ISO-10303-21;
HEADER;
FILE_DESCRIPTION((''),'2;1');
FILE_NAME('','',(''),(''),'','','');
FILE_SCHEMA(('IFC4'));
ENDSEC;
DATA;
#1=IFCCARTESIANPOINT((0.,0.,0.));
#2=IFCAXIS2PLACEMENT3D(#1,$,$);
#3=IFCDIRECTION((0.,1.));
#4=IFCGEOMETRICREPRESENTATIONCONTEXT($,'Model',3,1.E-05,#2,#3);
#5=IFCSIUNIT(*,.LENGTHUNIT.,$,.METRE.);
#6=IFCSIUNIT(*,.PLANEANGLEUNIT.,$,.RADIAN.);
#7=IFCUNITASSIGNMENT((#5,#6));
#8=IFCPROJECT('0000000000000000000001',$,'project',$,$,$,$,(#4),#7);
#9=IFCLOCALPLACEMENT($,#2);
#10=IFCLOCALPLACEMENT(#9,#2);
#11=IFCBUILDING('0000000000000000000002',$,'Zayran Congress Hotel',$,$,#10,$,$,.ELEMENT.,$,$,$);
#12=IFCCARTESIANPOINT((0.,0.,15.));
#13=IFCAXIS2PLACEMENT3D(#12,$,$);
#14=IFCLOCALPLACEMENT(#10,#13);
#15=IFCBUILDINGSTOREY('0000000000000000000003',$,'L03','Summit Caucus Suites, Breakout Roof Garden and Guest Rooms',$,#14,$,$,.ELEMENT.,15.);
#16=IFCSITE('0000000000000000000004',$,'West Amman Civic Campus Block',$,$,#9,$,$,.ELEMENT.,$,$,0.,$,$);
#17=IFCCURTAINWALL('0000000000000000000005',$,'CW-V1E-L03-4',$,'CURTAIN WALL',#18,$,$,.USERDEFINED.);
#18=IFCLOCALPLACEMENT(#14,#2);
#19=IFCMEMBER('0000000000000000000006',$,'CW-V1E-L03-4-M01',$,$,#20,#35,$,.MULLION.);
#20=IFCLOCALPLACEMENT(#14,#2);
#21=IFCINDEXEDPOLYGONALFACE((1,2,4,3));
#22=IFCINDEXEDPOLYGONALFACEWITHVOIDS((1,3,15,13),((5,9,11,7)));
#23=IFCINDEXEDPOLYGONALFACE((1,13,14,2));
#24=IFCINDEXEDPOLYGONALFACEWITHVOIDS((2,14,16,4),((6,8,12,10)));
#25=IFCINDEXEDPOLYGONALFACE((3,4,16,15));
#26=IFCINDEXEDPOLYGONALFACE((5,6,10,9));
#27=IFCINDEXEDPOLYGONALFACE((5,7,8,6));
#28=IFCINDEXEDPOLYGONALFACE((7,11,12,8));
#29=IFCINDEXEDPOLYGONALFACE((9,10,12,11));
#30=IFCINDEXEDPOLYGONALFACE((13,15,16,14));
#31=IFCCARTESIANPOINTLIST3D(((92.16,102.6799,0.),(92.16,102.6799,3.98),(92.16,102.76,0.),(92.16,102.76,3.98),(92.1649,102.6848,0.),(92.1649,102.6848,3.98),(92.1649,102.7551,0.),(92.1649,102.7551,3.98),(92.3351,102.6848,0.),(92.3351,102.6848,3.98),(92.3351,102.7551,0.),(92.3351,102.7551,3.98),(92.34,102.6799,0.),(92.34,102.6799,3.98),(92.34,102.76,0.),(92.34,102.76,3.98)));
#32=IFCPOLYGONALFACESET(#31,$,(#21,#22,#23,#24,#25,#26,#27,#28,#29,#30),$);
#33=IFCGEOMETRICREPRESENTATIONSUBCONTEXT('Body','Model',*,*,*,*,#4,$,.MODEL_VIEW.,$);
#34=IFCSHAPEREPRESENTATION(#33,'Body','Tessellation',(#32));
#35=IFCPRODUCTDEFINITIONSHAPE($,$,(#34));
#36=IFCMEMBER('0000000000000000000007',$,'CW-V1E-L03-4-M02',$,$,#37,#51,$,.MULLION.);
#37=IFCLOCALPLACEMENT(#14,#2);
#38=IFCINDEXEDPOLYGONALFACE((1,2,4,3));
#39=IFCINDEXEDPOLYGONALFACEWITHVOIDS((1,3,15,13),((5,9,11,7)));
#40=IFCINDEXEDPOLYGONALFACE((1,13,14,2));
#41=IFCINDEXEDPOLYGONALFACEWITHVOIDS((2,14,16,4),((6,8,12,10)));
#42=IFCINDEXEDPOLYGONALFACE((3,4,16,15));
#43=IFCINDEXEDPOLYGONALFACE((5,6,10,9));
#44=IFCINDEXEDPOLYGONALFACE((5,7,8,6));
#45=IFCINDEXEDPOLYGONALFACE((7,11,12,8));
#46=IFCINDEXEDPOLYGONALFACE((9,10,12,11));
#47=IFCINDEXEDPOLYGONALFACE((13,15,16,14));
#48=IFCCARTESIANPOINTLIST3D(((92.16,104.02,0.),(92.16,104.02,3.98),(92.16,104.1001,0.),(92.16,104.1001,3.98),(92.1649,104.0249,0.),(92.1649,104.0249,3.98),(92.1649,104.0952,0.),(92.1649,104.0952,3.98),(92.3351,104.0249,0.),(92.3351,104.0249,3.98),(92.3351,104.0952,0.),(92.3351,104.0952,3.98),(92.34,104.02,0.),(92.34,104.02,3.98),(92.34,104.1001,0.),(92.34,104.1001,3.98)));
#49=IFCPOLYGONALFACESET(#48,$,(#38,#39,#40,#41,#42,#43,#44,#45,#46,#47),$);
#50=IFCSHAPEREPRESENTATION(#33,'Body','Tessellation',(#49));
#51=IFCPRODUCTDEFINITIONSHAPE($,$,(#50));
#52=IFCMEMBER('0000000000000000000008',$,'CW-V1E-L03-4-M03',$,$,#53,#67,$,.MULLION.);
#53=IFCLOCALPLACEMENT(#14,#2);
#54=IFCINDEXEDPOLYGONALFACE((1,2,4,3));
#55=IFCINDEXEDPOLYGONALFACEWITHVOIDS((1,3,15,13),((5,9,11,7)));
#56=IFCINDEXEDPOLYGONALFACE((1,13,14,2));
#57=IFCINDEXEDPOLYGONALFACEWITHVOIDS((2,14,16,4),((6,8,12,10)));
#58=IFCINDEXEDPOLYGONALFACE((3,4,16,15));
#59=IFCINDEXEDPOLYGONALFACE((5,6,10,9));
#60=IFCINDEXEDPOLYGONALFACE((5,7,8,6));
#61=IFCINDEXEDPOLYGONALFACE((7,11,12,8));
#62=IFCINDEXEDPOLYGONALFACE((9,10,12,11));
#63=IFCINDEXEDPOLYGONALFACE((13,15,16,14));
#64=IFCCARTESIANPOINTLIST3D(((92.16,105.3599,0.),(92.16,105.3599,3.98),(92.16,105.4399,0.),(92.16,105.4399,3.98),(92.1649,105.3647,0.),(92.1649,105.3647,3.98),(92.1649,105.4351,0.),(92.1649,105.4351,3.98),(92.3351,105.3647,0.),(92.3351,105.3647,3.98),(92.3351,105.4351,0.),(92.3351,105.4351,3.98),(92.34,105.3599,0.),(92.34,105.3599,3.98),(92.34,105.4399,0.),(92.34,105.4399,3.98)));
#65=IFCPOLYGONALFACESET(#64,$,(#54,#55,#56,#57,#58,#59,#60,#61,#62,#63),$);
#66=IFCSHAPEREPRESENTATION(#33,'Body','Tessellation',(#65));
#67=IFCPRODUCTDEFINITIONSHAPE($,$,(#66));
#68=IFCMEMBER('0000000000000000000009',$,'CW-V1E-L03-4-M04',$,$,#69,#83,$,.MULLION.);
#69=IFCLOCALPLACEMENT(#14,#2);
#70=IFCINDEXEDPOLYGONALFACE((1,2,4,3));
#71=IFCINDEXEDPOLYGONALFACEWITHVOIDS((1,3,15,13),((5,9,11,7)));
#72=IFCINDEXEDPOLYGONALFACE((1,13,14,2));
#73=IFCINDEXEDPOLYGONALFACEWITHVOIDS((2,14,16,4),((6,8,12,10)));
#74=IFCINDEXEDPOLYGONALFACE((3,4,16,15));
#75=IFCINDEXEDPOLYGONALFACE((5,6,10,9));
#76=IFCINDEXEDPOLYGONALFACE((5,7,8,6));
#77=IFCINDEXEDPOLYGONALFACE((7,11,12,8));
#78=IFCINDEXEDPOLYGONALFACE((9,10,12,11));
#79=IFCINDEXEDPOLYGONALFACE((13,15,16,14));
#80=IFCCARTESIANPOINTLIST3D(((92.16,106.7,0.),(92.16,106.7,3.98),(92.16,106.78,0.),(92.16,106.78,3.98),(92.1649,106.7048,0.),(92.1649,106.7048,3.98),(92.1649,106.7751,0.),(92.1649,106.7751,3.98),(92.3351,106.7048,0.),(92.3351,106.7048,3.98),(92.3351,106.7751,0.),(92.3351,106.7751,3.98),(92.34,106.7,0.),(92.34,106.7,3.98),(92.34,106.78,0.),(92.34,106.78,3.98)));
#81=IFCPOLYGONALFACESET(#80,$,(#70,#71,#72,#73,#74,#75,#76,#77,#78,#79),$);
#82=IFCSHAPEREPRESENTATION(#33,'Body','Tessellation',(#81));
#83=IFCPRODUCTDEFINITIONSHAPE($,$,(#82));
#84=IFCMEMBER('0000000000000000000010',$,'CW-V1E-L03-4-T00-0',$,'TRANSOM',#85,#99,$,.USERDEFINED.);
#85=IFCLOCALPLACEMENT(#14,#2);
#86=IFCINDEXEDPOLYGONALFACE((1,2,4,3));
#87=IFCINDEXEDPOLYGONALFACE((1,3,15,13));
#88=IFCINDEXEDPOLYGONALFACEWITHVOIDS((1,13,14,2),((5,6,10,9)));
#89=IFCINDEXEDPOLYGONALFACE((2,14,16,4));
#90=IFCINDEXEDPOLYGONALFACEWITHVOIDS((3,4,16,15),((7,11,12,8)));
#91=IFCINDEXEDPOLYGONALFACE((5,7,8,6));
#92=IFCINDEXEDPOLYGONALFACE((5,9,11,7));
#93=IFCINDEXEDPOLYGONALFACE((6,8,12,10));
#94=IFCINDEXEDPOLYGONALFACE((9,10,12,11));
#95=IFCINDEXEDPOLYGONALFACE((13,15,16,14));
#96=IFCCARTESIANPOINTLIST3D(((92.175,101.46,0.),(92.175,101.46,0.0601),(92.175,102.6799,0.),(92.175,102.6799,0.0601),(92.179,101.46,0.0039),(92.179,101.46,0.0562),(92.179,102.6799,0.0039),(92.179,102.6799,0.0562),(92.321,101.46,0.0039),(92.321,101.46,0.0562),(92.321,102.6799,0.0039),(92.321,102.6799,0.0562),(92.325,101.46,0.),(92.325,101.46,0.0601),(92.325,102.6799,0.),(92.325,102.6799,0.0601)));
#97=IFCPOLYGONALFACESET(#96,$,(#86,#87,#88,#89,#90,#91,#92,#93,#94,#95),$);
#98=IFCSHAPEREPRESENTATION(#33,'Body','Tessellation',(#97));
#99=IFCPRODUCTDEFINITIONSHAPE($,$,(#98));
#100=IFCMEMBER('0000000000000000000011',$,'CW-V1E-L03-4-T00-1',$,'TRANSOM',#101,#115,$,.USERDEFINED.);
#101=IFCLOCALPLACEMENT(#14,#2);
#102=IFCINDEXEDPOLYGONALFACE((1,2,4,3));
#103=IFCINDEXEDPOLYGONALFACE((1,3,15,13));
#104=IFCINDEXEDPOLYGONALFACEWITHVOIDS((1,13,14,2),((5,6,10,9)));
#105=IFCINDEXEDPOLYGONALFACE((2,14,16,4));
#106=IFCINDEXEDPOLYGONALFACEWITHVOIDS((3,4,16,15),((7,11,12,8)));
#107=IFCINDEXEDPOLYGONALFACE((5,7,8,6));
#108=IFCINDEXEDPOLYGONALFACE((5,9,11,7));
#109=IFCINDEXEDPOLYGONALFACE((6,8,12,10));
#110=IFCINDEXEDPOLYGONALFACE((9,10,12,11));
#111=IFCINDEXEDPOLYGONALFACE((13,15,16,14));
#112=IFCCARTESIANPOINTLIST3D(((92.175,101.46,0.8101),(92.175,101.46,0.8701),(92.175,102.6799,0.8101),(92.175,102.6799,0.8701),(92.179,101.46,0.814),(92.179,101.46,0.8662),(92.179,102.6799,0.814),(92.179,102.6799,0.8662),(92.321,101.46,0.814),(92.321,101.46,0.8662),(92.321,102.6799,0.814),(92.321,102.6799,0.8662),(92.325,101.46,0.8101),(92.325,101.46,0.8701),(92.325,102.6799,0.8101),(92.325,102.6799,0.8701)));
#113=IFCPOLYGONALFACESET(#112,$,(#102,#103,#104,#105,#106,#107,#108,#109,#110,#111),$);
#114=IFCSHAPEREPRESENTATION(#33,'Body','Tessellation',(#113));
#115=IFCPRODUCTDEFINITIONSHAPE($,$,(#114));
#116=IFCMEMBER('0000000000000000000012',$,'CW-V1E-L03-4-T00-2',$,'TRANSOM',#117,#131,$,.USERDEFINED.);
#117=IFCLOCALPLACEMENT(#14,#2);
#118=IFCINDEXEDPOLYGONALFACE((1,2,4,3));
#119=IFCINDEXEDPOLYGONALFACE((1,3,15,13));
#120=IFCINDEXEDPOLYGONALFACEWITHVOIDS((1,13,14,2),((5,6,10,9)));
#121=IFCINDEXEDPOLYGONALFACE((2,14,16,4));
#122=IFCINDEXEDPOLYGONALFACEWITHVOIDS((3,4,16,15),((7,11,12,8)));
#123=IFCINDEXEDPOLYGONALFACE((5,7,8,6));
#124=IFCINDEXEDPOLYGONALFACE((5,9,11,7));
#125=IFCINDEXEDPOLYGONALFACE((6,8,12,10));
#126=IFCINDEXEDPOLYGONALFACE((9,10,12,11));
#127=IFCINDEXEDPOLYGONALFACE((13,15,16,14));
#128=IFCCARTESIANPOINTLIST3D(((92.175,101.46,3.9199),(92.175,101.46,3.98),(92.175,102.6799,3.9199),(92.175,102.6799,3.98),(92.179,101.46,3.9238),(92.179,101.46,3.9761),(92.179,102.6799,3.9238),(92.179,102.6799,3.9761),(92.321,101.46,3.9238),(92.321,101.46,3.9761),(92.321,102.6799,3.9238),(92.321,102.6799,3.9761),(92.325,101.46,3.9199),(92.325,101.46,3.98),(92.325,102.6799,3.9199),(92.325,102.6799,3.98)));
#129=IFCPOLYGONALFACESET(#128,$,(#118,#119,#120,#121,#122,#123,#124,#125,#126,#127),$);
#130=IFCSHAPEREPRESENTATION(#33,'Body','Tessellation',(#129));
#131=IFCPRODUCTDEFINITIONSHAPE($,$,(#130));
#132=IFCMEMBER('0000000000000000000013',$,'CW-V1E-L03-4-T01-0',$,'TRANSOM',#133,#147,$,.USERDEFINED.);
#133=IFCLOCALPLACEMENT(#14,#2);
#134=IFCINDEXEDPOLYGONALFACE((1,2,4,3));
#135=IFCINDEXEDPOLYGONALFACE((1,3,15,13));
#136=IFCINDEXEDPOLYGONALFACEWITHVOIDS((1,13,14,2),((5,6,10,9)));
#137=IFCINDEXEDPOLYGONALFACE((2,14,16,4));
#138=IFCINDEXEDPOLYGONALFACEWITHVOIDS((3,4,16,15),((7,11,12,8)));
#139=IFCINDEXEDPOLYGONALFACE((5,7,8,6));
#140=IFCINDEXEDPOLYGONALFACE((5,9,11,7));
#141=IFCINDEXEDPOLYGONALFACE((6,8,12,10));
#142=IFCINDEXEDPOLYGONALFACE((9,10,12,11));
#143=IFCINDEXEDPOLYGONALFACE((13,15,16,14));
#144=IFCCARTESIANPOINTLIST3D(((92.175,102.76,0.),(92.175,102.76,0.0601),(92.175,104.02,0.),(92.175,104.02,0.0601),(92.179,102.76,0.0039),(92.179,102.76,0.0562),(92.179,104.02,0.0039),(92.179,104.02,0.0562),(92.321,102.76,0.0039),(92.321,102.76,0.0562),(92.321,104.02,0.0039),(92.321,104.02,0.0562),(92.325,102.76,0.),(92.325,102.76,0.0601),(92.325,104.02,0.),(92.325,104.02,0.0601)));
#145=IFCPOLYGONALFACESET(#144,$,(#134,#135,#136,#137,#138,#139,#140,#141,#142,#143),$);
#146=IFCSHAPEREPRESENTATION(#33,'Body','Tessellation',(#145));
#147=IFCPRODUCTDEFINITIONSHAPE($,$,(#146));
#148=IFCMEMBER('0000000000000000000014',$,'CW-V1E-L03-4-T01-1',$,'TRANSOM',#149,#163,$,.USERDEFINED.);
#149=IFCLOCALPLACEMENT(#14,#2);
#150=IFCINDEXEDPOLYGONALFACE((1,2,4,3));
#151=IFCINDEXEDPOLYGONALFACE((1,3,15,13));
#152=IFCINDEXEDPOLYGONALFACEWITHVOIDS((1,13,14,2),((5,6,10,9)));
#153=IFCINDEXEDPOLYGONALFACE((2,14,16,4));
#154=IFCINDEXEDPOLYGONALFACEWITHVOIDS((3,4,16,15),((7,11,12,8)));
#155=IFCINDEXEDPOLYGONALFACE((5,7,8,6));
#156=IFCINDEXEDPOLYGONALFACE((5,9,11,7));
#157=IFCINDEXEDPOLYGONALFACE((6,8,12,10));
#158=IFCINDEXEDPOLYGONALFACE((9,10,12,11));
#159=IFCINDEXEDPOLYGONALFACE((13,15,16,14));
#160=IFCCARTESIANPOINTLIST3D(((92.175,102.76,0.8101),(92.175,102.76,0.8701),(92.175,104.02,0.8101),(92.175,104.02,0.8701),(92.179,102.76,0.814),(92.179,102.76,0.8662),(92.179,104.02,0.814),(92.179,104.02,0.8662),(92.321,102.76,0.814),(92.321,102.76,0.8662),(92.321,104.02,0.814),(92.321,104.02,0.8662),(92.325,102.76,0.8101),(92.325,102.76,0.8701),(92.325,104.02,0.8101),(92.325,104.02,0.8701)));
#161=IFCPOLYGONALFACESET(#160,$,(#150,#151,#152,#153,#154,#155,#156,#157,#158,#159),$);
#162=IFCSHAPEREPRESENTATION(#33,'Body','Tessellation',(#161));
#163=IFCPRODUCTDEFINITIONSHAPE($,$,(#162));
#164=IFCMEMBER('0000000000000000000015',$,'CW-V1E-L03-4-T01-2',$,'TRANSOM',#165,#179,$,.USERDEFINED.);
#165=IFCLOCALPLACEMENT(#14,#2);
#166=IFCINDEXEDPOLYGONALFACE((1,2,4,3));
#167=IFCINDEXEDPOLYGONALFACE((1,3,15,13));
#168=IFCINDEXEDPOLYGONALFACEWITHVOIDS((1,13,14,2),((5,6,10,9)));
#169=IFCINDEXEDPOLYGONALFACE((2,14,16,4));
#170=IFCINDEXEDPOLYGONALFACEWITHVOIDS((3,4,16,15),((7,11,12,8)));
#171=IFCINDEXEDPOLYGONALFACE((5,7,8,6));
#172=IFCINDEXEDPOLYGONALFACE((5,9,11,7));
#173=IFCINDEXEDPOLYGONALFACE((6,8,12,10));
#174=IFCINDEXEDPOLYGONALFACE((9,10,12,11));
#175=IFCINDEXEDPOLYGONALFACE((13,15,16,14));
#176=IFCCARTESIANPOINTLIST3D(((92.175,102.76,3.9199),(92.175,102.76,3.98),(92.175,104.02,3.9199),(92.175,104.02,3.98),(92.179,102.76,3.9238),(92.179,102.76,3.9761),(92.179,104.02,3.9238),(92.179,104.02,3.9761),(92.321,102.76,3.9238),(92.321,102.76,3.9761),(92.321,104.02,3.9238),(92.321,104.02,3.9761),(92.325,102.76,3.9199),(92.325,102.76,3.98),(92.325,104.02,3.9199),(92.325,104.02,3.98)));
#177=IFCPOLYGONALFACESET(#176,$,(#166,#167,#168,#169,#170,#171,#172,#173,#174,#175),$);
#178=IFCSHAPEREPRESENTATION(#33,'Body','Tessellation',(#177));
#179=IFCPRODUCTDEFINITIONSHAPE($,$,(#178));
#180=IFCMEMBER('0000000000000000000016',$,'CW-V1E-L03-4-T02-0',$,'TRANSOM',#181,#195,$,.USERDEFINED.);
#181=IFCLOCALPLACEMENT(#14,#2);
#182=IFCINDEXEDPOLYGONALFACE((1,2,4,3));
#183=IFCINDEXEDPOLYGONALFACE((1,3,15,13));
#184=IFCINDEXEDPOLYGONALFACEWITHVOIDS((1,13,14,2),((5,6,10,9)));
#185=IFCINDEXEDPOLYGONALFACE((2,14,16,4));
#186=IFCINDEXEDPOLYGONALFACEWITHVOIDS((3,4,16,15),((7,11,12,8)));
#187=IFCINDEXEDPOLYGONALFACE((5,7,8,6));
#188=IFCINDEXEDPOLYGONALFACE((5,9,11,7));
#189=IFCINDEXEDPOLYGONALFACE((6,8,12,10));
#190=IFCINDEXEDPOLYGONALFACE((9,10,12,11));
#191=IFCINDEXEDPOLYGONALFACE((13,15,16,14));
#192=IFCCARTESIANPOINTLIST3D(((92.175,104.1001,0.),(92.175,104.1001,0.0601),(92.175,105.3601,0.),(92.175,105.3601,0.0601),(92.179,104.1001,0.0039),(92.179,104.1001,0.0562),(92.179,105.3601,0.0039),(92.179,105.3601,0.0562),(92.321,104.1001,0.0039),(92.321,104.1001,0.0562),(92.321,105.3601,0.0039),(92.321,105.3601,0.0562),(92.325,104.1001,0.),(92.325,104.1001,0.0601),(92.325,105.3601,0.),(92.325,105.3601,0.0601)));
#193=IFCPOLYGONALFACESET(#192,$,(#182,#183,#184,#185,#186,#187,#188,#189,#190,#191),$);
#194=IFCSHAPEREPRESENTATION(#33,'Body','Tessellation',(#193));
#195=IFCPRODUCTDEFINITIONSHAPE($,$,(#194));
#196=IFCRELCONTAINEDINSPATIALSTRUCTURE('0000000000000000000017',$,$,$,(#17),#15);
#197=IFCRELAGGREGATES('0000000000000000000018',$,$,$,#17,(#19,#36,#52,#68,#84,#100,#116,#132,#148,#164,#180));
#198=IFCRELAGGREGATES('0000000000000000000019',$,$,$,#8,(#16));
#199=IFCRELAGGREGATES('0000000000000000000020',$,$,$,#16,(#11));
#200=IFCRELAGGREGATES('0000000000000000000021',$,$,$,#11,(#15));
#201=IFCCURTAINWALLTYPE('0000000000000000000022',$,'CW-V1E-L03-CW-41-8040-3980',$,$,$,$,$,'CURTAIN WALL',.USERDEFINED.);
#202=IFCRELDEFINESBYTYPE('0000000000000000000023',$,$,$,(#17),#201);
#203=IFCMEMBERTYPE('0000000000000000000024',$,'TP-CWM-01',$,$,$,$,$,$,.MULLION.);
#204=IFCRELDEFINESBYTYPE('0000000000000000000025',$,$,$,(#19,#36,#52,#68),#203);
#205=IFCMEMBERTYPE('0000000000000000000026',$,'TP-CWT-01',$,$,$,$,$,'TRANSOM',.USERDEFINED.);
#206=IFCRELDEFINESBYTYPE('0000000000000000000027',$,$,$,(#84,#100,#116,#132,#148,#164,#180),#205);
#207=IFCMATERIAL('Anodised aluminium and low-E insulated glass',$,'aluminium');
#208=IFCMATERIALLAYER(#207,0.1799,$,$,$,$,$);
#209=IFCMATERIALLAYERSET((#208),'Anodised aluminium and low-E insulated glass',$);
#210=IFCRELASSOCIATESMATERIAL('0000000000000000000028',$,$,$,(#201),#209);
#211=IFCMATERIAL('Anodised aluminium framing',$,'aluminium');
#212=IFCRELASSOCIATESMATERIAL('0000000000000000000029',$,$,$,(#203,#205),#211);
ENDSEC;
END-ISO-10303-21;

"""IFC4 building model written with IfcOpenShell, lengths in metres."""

from ifc_helpers import new_model, si_unit, direction, frame, origin, origin_2d, place, context, subcontext, project, spatial, hollow_rectangle, extrude, material, layer, layer_set, material_profile, profile_set, type_object, element, aggregate, save


model = new_model("IFC4")

# Units and contexts
model_context = context("Model", 3, precision=1e-05, world=origin(), true_north=direction((0.0, 1.0)))
body_context = subcontext(model_context, "Body", "Model", "MODEL_VIEW")
ifc_project = project(units=[si_unit("LENGTHUNIT", "METRE"), si_unit("PLANEANGLEUNIT", "RADIAN")], contexts=[model_context])

# Site, building, storey
site_placement = place(None, origin())
site = spatial("IfcSite", under=ifc_project, at=site_placement, Name="West Amman Civic Campus Block", CompositionType="ELEMENT", RefElevation=0.0)
building_placement = place(site_placement, origin())
building = spatial("IfcBuilding", under=site, at=building_placement, Name="Zayran Congress Hotel", CompositionType="ELEMENT")
storey_placement = place(building_placement, frame((0.0, 0.0, 15.0)))
storey = spatial("IfcBuildingStorey", under=building, at=storey_placement, Name="L03", Description="Summit Caucus Suites, Breakout Roof Garden and Guest Rooms", CompositionType="ELEMENT", Elevation=15.0)

# Curtain wall, members
ifc_material_1 = material(Name="Anodised aluminium and low-E insulated glass", Category="aluminium")
ifc_layer_1 = layer(ifc_material_1, 0.1799)
ifc_layer_set_1 = layer_set([ifc_layer_1], Name="Anodised aluminium and low-E insulated glass")
curtain_wall_type = type_object("IfcCurtainWallType", Name="CW-V1E-L03-CW-41-8040-3980", ElementType="CURTAIN WALL", PredefinedType="USERDEFINED", material=ifc_layer_set_1)
curtain_wall_placement = place(storey_placement, origin())
curtain_wall = element("IfcCurtainWall", 1, at=curtain_wall_placement, inside=storey, type_object=curtain_wall_type, Name="CW-V1E-L03-4", ObjectType="CURTAIN WALL", PredefinedType="USERDEFINED")
ifc_material_2 = material(Name="Anodised aluminium framing", Category="aluminium")
ifc_material_profile_1 = material_profile(ifc_material_2, hollow_rectangle(XDim=0.0801, YDim=0.1799, WallThickness=0.0049, at=origin_2d()), Name="RHS 180x80x5")
ifc_profile_set_1 = profile_set([ifc_material_profile_1], Name="Anodised aluminium framing")
member_type_1 = type_object("IfcMemberType", Name="TP-CWM-01", PredefinedType="MULLION", material=ifc_profile_set_1)
member_1_placement = place(storey_placement, frame((92.25, 102.72, 0.0), z_axis=(0.0, 0.0, 1.0), x_axis=(0.0, 1.0, 0.0)))
member_1 = element("IfcMember", 2, at=member_1_placement, type_object=member_type_1, Name="CW-V1E-L03-4-M01", PredefinedType="MULLION", context=body_context, shape_type="SweptSolid", body=[
    extrude(hollow_rectangle(XDim=0.0801, YDim=0.1799, WallThickness=0.0049, at=origin_2d()), origin(), (0.0, 0.0, 1.0), 3.98),
])
member_2_placement = place(storey_placement, frame((92.25, 104.0601, 0.0), z_axis=(0.0, 0.0, 1.0), x_axis=(0.0, 1.0, 0.0)))
member_2 = element("IfcMember", 3, at=member_2_placement, type_object=member_type_1, Name="CW-V1E-L03-4-M02", PredefinedType="MULLION", context=body_context, shape_type="SweptSolid", body=[
    extrude(hollow_rectangle(XDim=0.0801, YDim=0.1799, WallThickness=0.0049, at=origin_2d()), origin(), (0.0, 0.0, 1.0), 3.98),
])
member_3_placement = place(storey_placement, frame((92.25, 105.3999, 0.0), z_axis=(0.0, 0.0, 1.0), x_axis=(0.0, 1.0, 0.0)))
member_3 = element("IfcMember", 4, at=member_3_placement, type_object=member_type_1, Name="CW-V1E-L03-4-M03", PredefinedType="MULLION", context=body_context, shape_type="SweptSolid", body=[
    extrude(hollow_rectangle(XDim=0.0801, YDim=0.1799, WallThickness=0.0049, at=origin_2d()), origin(), (0.0, 0.0, 1.0), 3.98),
])
member_4_placement = place(storey_placement, frame((92.25, 106.74, 0.0), z_axis=(0.0, 0.0, 1.0), x_axis=(0.0, 1.0, 0.0)))
member_4 = element("IfcMember", 5, at=member_4_placement, type_object=member_type_1, Name="CW-V1E-L03-4-M04", PredefinedType="MULLION", context=body_context, shape_type="SweptSolid", body=[
    extrude(hollow_rectangle(XDim=0.0801, YDim=0.1799, WallThickness=0.0049, at=origin_2d()), origin(), (0.0, 0.0, 1.0), 3.98),
])
ifc_material_profile_2 = material_profile(ifc_material_2, hollow_rectangle(XDim=0.0601, YDim=0.1499, WallThickness=0.0039, at=origin_2d()), Name="RHS 150x60x4")
ifc_profile_set_2 = profile_set([ifc_material_profile_2], Name="Anodised aluminium framing")
member_type_2 = type_object("IfcMemberType", Name="TP-CWT-01", ElementType="TRANSOM", PredefinedType="USERDEFINED", material=ifc_profile_set_2)
member_5_placement = place(storey_placement, frame((92.25, 101.46, 0.03), z_axis=(0.0, 1.0, 0.0), x_axis=(0.0, 0.0, 1.0)))
member_5 = element("IfcMember", 6, at=member_5_placement, type_object=member_type_2, Name="CW-V1E-L03-4-T00-0", ObjectType="TRANSOM", PredefinedType="USERDEFINED", context=body_context, shape_type="SweptSolid", body=[
    extrude(hollow_rectangle(XDim=0.0601, YDim=0.1499, WallThickness=0.0039, at=origin_2d()), origin(), (0.0, 0.0, 1.0), 1.22),
])
member_6_placement = place(storey_placement, frame((92.25, 101.46, 0.8401), z_axis=(0.0, 1.0, 0.0), x_axis=(0.0, 0.0, 1.0)))
member_6 = element("IfcMember", 7, at=member_6_placement, type_object=member_type_2, Name="CW-V1E-L03-4-T00-1", ObjectType="TRANSOM", PredefinedType="USERDEFINED", context=body_context, shape_type="SweptSolid", body=[
    extrude(hollow_rectangle(XDim=0.0601, YDim=0.1499, WallThickness=0.0039, at=origin_2d()), origin(), (0.0, 0.0, 1.0), 1.22),
])
member_7_placement = place(storey_placement, frame((92.25, 101.46, 3.95), z_axis=(0.0, 1.0, 0.0), x_axis=(0.0, 0.0, 1.0)))
member_7 = element("IfcMember", 8, at=member_7_placement, type_object=member_type_2, Name="CW-V1E-L03-4-T00-2", ObjectType="TRANSOM", PredefinedType="USERDEFINED", context=body_context, shape_type="SweptSolid", body=[
    extrude(hollow_rectangle(XDim=0.0601, YDim=0.1499, WallThickness=0.0039, at=origin_2d()), origin(), (0.0, 0.0, 1.0), 1.22),
])
member_8_placement = place(storey_placement, frame((92.25, 102.76, 0.03), z_axis=(0.0, 1.0, 0.0), x_axis=(0.0, 0.0, 1.0)))
member_8 = element("IfcMember", 9, at=member_8_placement, type_object=member_type_2, Name="CW-V1E-L03-4-T01-0", ObjectType="TRANSOM", PredefinedType="USERDEFINED", context=body_context, shape_type="SweptSolid", body=[
    extrude(hollow_rectangle(XDim=0.0601, YDim=0.1499, WallThickness=0.0039, at=origin_2d()), origin(), (0.0, 0.0, 1.0), 1.26),
])
member_9_placement = place(storey_placement, frame((92.25, 102.76, 0.8401), z_axis=(0.0, 1.0, 0.0), x_axis=(0.0, 0.0, 1.0)))
member_9 = element("IfcMember", 10, at=member_9_placement, type_object=member_type_2, Name="CW-V1E-L03-4-T01-1", ObjectType="TRANSOM", PredefinedType="USERDEFINED", context=body_context, shape_type="SweptSolid", body=[
    extrude(hollow_rectangle(XDim=0.0601, YDim=0.1499, WallThickness=0.0039, at=origin_2d()), origin(), (0.0, 0.0, 1.0), 1.26),
])
member_10_placement = place(storey_placement, frame((92.25, 102.76, 3.95), z_axis=(0.0, 1.0, 0.0), x_axis=(0.0, 0.0, 1.0)))
member_10 = element("IfcMember", 11, at=member_10_placement, type_object=member_type_2, Name="CW-V1E-L03-4-T01-2", ObjectType="TRANSOM", PredefinedType="USERDEFINED", context=body_context, shape_type="SweptSolid", body=[
    extrude(hollow_rectangle(XDim=0.0601, YDim=0.1499, WallThickness=0.0039, at=origin_2d()), origin(), (0.0, 0.0, 1.0), 1.26),
])
member_11_placement = place(storey_placement, frame((92.25, 104.1001, 0.03), z_axis=(0.0, 1.0, 0.0), x_axis=(0.0, 0.0, 1.0)))
member_11 = element("IfcMember", 12, at=member_11_placement, type_object=member_type_2, Name="CW-V1E-L03-4-T02-0", ObjectType="TRANSOM", PredefinedType="USERDEFINED", context=body_context, shape_type="SweptSolid", body=[
    extrude(hollow_rectangle(XDim=0.0601, YDim=0.1499, WallThickness=0.0039, at=origin_2d()), origin(), (0.0, 0.0, 1.0), 1.26),
])
aggregate(curtain_wall, [member_1, member_2, member_3, member_4, member_5, member_6, member_7, member_8, member_9, member_10, member_11])

save(model, "model.ifc")
